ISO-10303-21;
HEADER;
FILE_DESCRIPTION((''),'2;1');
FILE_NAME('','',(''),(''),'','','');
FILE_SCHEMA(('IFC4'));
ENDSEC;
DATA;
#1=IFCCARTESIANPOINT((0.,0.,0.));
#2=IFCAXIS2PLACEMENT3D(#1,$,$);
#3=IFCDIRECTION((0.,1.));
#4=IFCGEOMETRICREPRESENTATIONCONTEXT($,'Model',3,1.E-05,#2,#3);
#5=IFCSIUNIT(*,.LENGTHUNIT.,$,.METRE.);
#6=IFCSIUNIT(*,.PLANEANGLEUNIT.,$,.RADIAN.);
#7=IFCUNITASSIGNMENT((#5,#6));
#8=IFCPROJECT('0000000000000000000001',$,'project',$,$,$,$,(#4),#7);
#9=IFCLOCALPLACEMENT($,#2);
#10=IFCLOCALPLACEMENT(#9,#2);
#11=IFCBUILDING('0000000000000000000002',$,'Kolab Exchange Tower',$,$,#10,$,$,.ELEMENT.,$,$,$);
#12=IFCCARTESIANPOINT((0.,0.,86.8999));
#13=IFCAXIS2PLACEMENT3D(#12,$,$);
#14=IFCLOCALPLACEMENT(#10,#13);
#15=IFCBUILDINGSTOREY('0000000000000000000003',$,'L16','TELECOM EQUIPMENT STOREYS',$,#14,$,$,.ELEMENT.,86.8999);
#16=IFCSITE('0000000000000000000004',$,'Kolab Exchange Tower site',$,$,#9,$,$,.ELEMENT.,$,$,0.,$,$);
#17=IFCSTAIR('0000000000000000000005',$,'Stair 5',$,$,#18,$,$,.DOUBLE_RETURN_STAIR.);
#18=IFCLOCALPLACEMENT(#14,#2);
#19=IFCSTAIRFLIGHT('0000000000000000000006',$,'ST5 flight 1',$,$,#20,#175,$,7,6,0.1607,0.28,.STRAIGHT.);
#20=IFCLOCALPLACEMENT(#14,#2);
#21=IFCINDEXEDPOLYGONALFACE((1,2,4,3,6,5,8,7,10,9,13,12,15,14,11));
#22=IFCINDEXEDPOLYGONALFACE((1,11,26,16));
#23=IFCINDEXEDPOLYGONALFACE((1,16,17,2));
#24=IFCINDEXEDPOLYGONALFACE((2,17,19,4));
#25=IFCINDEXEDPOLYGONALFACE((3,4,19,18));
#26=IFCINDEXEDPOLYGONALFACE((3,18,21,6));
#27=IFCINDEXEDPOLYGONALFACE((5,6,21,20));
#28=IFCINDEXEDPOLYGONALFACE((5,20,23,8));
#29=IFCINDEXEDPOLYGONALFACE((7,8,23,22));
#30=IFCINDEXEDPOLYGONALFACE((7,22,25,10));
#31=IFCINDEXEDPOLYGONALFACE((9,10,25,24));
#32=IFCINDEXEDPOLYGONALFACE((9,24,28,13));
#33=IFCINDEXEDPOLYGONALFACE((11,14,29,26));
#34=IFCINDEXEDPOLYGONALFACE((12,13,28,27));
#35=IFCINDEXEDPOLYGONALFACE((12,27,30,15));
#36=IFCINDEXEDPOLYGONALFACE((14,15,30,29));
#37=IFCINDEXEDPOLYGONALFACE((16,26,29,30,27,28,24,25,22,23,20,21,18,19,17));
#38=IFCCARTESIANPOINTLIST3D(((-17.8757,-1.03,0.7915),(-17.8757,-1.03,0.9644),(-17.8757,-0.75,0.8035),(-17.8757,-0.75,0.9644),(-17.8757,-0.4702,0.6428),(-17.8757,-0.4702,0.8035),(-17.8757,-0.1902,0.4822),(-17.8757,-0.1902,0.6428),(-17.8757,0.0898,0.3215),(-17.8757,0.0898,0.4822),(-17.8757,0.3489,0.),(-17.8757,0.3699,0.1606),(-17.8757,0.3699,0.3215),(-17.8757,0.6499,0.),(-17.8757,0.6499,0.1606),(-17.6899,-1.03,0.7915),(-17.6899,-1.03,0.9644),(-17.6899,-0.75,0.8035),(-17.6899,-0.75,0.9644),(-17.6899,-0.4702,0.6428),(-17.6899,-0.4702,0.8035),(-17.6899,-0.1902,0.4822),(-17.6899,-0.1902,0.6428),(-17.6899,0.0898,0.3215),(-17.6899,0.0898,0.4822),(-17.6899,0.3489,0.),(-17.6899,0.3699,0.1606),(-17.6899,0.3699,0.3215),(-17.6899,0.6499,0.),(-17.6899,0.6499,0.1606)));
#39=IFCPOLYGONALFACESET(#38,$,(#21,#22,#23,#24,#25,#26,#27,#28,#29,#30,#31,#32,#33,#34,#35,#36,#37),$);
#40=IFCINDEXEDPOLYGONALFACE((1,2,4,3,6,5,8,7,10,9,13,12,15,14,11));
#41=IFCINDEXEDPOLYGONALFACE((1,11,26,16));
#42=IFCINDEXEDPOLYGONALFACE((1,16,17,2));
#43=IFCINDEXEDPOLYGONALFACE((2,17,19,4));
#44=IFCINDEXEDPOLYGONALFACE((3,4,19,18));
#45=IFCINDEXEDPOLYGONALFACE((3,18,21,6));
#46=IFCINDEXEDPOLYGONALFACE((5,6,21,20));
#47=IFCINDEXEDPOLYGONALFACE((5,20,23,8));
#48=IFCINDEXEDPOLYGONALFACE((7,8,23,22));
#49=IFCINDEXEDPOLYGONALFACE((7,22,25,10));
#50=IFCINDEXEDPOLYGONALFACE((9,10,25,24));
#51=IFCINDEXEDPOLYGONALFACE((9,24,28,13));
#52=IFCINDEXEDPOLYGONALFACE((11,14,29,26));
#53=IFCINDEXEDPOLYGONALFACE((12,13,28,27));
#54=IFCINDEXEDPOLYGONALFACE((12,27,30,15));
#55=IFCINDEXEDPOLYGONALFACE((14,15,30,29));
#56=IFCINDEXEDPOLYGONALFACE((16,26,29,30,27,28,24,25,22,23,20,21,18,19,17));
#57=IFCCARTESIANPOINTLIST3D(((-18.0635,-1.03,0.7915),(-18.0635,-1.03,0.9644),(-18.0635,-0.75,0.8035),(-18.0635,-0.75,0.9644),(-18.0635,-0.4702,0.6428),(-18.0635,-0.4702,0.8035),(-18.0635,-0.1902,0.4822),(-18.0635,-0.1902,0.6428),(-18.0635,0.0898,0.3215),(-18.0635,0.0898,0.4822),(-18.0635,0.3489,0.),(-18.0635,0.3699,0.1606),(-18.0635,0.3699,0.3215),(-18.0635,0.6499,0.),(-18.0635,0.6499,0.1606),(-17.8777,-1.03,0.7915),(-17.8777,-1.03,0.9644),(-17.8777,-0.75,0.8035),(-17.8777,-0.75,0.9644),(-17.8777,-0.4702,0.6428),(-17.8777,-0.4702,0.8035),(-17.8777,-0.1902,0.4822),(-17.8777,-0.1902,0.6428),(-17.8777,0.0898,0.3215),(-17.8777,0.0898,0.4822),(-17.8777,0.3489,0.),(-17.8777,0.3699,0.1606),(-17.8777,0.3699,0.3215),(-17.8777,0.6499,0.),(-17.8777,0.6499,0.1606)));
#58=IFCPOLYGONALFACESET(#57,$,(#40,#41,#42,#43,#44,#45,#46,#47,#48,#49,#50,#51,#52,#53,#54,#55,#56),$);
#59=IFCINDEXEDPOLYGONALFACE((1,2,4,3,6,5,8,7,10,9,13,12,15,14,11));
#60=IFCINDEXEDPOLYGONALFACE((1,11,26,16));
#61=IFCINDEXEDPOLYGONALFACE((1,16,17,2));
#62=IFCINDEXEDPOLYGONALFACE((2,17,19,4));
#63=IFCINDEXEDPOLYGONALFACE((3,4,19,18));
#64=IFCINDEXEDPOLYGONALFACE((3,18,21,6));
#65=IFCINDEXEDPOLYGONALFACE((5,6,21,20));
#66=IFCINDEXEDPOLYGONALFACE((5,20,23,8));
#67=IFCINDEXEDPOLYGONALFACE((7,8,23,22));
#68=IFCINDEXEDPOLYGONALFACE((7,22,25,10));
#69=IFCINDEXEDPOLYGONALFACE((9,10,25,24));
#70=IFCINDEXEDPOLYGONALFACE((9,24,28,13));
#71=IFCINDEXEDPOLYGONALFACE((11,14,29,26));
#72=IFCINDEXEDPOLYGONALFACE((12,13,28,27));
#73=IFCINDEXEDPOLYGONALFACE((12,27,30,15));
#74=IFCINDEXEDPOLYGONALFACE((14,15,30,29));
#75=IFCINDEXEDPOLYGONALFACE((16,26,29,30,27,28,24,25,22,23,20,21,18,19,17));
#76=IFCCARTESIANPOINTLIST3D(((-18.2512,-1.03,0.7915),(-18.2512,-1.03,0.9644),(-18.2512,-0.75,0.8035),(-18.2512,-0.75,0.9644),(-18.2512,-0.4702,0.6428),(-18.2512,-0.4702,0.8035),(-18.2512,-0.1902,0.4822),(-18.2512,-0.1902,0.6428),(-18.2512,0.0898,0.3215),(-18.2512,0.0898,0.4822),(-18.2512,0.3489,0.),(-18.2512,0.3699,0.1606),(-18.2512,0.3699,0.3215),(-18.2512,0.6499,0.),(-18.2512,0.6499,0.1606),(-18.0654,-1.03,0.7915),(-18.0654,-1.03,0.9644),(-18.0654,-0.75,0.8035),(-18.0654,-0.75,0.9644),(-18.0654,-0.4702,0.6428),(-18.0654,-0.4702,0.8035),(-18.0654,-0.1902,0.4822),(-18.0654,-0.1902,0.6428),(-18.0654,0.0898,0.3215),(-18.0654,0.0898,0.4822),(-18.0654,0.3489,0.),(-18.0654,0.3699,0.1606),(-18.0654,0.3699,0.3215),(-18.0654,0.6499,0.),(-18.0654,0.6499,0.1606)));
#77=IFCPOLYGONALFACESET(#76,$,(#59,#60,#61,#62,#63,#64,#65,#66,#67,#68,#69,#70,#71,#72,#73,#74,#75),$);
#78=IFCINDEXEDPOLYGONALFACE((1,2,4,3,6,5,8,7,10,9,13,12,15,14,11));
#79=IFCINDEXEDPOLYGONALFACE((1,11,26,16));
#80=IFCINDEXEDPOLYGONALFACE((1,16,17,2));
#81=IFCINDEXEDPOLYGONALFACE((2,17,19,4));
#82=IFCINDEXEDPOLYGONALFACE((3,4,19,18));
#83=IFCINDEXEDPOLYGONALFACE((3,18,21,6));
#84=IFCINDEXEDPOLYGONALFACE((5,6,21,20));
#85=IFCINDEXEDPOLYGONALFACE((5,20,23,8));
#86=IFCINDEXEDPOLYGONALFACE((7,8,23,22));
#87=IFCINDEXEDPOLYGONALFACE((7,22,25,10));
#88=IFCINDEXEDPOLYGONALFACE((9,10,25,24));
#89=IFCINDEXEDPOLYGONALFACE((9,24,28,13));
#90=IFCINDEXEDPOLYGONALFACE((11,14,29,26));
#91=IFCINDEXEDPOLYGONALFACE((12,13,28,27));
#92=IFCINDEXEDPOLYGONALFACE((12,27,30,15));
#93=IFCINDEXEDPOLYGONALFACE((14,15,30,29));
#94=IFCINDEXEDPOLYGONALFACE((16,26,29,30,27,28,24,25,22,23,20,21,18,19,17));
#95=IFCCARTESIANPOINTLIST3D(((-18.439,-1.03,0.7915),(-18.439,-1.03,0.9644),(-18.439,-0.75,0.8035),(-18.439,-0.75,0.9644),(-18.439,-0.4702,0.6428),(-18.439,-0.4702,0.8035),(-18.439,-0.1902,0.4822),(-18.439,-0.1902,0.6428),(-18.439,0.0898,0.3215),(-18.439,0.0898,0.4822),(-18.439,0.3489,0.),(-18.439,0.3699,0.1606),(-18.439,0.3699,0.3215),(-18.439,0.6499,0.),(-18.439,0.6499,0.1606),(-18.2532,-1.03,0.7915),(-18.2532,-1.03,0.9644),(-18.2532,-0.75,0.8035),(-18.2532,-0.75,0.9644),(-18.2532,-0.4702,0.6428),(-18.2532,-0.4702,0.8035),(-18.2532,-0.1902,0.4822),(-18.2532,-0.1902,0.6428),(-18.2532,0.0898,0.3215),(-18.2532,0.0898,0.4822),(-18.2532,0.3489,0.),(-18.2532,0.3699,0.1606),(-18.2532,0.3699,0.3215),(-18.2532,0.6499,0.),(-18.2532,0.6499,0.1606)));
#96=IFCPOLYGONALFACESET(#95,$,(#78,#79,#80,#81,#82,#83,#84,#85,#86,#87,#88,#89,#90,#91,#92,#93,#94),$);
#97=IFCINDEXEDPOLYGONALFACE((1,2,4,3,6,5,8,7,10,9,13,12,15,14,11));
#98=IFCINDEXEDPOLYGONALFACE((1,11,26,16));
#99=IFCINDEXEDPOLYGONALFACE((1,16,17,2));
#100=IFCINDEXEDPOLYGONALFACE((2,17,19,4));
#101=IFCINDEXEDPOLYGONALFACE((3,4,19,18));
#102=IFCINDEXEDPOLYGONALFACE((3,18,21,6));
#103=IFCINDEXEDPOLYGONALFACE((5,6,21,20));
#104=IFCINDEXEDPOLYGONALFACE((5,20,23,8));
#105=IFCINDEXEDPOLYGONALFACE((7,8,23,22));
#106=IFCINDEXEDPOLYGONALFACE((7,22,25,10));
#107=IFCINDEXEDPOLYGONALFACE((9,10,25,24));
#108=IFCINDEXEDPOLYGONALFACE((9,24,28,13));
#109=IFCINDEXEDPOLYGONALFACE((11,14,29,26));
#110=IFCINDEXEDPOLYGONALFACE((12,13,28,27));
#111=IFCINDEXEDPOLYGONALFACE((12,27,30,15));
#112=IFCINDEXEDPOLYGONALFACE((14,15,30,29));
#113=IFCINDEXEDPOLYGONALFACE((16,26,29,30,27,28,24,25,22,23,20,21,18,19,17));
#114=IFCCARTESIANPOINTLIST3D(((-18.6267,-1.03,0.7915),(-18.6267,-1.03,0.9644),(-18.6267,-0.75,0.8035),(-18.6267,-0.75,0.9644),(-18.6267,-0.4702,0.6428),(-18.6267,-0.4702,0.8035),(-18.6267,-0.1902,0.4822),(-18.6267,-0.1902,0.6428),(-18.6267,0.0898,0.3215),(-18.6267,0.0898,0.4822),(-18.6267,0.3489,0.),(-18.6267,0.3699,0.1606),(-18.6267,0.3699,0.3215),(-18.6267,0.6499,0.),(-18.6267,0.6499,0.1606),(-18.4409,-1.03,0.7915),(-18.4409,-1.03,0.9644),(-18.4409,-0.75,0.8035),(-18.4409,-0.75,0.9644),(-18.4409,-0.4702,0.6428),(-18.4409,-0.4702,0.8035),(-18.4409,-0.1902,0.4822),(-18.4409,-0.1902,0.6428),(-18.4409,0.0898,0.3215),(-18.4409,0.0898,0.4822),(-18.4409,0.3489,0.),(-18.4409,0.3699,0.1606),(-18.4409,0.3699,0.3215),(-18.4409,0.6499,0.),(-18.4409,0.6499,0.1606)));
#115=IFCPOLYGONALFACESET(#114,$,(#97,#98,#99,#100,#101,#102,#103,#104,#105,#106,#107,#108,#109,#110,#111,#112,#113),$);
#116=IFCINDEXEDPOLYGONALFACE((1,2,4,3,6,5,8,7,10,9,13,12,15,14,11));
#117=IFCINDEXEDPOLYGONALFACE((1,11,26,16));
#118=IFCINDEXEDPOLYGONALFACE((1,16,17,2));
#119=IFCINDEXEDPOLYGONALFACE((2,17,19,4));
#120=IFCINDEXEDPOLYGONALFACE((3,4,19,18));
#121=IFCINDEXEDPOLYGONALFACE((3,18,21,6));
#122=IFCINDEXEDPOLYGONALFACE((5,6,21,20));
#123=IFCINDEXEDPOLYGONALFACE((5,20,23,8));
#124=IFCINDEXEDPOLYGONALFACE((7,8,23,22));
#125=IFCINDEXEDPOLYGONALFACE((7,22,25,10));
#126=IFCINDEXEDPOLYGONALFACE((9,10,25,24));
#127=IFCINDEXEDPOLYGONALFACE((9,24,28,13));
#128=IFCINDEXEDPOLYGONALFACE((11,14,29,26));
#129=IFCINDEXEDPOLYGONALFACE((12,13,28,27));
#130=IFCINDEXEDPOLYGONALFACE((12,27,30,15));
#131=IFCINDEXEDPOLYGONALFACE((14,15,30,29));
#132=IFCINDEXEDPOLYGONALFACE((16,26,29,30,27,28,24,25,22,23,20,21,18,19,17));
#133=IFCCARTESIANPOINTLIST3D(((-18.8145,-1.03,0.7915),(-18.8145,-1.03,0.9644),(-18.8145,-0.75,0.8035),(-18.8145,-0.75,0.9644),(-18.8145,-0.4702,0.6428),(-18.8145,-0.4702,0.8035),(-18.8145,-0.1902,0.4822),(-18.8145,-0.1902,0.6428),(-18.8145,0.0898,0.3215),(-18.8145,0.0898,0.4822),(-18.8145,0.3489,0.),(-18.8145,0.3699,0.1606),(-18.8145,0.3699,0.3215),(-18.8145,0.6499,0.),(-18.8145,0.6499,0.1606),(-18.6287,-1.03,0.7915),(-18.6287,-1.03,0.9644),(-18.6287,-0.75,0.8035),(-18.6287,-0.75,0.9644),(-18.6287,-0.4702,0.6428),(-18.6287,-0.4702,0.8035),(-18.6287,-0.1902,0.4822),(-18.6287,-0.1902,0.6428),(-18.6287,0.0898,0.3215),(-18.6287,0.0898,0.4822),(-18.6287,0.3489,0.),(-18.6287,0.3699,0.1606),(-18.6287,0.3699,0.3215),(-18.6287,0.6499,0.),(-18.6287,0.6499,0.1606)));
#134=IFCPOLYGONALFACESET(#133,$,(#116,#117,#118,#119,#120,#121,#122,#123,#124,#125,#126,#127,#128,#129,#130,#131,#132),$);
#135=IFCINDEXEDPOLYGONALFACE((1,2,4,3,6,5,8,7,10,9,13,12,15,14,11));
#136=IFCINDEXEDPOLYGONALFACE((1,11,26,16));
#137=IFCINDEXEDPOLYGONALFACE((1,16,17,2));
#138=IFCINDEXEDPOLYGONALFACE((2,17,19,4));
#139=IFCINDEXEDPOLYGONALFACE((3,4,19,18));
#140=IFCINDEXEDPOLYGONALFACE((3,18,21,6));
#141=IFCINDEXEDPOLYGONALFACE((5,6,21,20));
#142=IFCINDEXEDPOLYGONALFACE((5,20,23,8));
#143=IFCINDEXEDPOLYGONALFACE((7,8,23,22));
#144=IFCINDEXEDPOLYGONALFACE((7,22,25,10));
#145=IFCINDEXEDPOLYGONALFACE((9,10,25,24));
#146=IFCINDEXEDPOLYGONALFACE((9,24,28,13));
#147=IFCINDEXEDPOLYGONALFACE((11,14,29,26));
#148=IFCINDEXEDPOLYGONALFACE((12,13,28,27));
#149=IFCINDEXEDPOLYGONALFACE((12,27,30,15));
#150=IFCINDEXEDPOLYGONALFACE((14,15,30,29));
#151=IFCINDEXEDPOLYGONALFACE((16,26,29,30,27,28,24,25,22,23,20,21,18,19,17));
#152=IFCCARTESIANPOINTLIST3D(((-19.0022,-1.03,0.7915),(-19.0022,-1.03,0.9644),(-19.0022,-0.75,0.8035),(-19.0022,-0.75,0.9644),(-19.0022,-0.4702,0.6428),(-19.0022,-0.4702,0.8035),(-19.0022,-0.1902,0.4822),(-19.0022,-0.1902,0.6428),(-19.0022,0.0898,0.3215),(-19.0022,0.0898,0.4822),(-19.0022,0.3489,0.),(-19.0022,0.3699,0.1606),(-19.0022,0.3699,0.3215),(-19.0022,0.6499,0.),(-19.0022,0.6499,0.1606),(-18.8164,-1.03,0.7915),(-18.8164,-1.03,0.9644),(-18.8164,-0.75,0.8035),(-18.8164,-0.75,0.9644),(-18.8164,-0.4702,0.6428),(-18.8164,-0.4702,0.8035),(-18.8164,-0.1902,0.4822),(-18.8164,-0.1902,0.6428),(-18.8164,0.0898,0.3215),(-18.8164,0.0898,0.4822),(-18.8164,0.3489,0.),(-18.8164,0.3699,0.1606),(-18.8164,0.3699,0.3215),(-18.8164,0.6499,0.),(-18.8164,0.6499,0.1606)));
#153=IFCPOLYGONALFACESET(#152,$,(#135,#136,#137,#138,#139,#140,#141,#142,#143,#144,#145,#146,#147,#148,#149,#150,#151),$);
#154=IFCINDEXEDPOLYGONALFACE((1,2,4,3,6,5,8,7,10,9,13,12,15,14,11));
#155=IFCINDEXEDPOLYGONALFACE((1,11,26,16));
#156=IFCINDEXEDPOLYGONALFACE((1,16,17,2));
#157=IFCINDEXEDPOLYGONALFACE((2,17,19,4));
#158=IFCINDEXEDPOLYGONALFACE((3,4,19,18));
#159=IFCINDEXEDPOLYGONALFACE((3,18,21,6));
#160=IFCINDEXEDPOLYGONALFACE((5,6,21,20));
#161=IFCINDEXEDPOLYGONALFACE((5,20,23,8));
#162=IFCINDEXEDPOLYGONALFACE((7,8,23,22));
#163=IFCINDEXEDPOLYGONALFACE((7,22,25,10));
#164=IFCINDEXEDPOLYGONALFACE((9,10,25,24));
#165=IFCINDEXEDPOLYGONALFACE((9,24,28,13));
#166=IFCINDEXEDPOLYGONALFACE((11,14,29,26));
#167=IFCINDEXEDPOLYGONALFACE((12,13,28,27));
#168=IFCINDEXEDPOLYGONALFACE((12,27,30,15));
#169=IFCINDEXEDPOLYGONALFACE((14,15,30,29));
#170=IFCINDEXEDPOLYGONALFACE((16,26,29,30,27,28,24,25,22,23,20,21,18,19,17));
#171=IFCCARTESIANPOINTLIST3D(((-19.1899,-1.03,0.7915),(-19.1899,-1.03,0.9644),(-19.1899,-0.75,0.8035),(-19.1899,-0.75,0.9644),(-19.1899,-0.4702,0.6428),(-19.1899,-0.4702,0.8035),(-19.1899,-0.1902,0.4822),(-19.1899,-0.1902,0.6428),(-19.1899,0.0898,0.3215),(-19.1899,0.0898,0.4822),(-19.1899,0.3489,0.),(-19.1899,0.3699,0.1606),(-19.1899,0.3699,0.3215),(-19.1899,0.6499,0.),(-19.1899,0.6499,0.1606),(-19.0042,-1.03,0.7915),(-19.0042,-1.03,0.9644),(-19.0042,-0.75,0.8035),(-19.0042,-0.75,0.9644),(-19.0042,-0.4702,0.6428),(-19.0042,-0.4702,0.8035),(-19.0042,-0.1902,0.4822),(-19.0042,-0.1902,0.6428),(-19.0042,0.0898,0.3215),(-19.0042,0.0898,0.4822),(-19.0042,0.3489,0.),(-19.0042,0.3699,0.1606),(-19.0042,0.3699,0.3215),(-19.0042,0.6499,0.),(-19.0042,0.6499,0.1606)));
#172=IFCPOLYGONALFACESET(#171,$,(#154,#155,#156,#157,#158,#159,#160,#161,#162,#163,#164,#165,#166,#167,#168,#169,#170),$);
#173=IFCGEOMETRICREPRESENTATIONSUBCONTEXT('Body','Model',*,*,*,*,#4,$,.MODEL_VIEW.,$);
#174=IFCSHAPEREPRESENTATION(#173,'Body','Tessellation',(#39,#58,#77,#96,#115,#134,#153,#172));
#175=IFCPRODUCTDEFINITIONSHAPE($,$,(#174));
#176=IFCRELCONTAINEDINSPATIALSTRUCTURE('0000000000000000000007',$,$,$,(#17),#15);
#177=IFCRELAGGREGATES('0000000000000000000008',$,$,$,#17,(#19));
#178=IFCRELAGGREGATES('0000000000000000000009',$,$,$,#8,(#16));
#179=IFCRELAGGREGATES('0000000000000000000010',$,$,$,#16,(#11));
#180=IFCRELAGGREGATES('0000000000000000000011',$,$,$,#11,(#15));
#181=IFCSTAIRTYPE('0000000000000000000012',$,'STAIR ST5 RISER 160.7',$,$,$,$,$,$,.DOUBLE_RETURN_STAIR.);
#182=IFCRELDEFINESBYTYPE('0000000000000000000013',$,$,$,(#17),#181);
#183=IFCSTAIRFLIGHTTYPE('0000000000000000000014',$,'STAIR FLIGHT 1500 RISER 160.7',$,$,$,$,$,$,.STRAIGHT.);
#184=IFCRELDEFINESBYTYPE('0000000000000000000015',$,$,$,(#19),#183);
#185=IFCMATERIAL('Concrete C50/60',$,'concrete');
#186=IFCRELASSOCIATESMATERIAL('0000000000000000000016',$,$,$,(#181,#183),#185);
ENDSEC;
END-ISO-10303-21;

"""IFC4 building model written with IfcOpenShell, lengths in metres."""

from ifc_helpers import new_model, si_unit, direction, frame, origin, place, context, subcontext, project, spatial, polyline, outline, extrude, material, type_object, element, aggregate, save


model = new_model("IFC4")

# Units and contexts
model_context = context("Model", 3, precision=1e-05, world=origin(), true_north=direction((0.0, 1.0)))
body_context = subcontext(model_context, "Body", "Model", "MODEL_VIEW")
ifc_project = project(units=[si_unit("LENGTHUNIT", "METRE"), si_unit("PLANEANGLEUNIT", "RADIAN")], contexts=[model_context])

# Site, building, storey
site_placement = place(None, origin())
site = spatial("IfcSite", under=ifc_project, at=site_placement, Name="Kolab Exchange Tower site", CompositionType="ELEMENT", RefElevation=0.0)
building_placement = place(site_placement, origin())
building = spatial("IfcBuilding", under=site, at=building_placement, Name="Kolab Exchange Tower", CompositionType="ELEMENT")
storey_placement = place(building_placement, frame((0.0, 0.0, 86.8999)))
storey = spatial("IfcBuildingStorey", under=building, at=storey_placement, Name="L16", Description="TELECOM EQUIPMENT STOREYS", CompositionType="ELEMENT", Elevation=86.8999)

# Shared definitions
ifc_material_1 = material(Name="Concrete C50/60", Category="concrete")

# Stair, stair flight
stair_type = type_object("IfcStairType", Name="STAIR ST5 RISER 160.7", PredefinedType="DOUBLE_RETURN_STAIR", material=ifc_material_1)
stair_placement = place(storey_placement, origin())
stair = element("IfcStair", 1, at=stair_placement, inside=storey, type_object=stair_type, Name="Stair 5", PredefinedType="DOUBLE_RETURN_STAIR")
stair_flight_type = type_object("IfcStairFlightType", Name="STAIR FLIGHT 1500 RISER 160.7", PredefinedType="STRAIGHT", material=ifc_material_1)
stair_flight_1_placement = place(storey_placement, frame((-18.4399, 0.6499, 0.0), z_axis=(0.0, 0.0, 1.0), x_axis=(0.0, -1.0, 0.0)))
stair_flight_1 = element("IfcStairFlight", 2, at=stair_flight_1_placement, type_object=stair_flight_type, Name="ST5 flight 1", NumberOfRisers=7, NumberOfTreads=6, PredefinedType="STRAIGHT", RiserHeight=0.1607, TreadLength=0.28, context=body_context, shape_type="SweptSolid", body=[
    extrude(outline(polyline([(0.0, 0.0), (0.0, 0.1606), (0.28, 0.1606), (0.28, 0.3215), (0.5601, 0.3215), (0.5601, 0.4822), (0.8401, 0.4822), (0.8401, 0.6428), (1.1201, 0.6428), (1.1201, 0.8035), (1.3999, 0.8035), (1.3999, 0.9644), (1.6799, 0.9644), (1.6799, 1.125), (1.6799, 0.7915), (0.301, 0.0), (0.0, 0.0)])), frame((0.0, 0.75, 0.0), z_axis=(0.0, -1.0, 0.0), x_axis=(1.0, 0.0, 0.0)), (0.0, 0.0, 1.0), 0.1858),
    extrude(outline(polyline([(0.0, 0.0), (0.0, 0.1606), (0.28, 0.1606), (0.28, 0.3215), (0.5601, 0.3215), (0.5601, 0.4822), (0.8401, 0.4822), (0.8401, 0.6428), (1.1201, 0.6428), (1.1201, 0.8035), (1.3999, 0.8035), (1.3999, 0.9644), (1.6799, 0.9644), (1.6799, 1.125), (1.6799, 0.7915), (0.301, 0.0), (0.0, 0.0)])), frame((0.0, 0.5623, 0.0), z_axis=(0.0, -1.0, 0.0), x_axis=(1.0, 0.0, 0.0)), (0.0, 0.0, 1.0), 0.1858),
    extrude(outline(polyline([(0.0, 0.0), (0.0, 0.1606), (0.28, 0.1606), (0.28, 0.3215), (0.5601, 0.3215), (0.5601, 0.4822), (0.8401, 0.4822), (0.8401, 0.6428), (1.1201, 0.6428), (1.1201, 0.8035), (1.3999, 0.8035), (1.3999, 0.9644), (1.6799, 0.9644), (1.6799, 1.125), (1.6799, 0.7915), (0.301, 0.0), (0.0, 0.0)])), frame((0.0, 0.3745, 0.0), z_axis=(0.0, -1.0, 0.0), x_axis=(1.0, 0.0, 0.0)), (0.0, 0.0, 1.0), 0.1858),
    extrude(outline(polyline([(0.0, 0.0), (0.0, 0.1606), (0.28, 0.1606), (0.28, 0.3215), (0.5601, 0.3215), (0.5601, 0.4822), (0.8401, 0.4822), (0.8401, 0.6428), (1.1201, 0.6428), (1.1201, 0.8035), (1.3999, 0.8035), (1.3999, 0.9644), (1.6799, 0.9644), (1.6799, 1.125), (1.6799, 0.7915), (0.301, 0.0), (0.0, 0.0)])), frame((0.0, 0.1868, 0.0), z_axis=(0.0, -1.0, 0.0), x_axis=(1.0, 0.0, 0.0)), (0.0, 0.0, 1.0), 0.1858),
    extrude(outline(polyline([(0.0, 0.0), (0.0, 0.1606), (0.28, 0.1606), (0.28, 0.3215), (0.5601, 0.3215), (0.5601, 0.4822), (0.8401, 0.4822), (0.8401, 0.6428), (1.1201, 0.6428), (1.1201, 0.8035), (1.3999, 0.8035), (1.3999, 0.9644), (1.6799, 0.9644), (1.6799, 1.125), (1.6799, 0.7915), (0.301, 0.0), (0.0, 0.0)])), frame((0.0, -0.001, 0.0), z_axis=(0.0, -1.0, 0.0), x_axis=(1.0, 0.0, 0.0)), (0.0, 0.0, 1.0), 0.1858),
    extrude(outline(polyline([(0.0, 0.0), (0.0, 0.1606), (0.28, 0.1606), (0.28, 0.3215), (0.5601, 0.3215), (0.5601, 0.4822), (0.8401, 0.4822), (0.8401, 0.6428), (1.1201, 0.6428), (1.1201, 0.8035), (1.3999, 0.8035), (1.3999, 0.9644), (1.6799, 0.9644), (1.6799, 1.125), (1.6799, 0.7915), (0.301, 0.0), (0.0, 0.0)])), frame((0.0, -0.1887, 0.0), z_axis=(0.0, -1.0, 0.0), x_axis=(1.0, 0.0, 0.0)), (0.0, 0.0, 1.0), 0.1858),
    extrude(outline(polyline([(0.0, 0.0), (0.0, 0.1606), (0.28, 0.1606), (0.28, 0.3215), (0.5601, 0.3215), (0.5601, 0.4822), (0.8401, 0.4822), (0.8401, 0.6428), (1.1201, 0.6428), (1.1201, 0.8035), (1.3999, 0.8035), (1.3999, 0.9644), (1.6799, 0.9644), (1.6799, 1.125), (1.6799, 0.7915), (0.301, 0.0), (0.0, 0.0)])), frame((0.0, -0.3765, 0.0), z_axis=(0.0, -1.0, 0.0), x_axis=(1.0, 0.0, 0.0)), (0.0, 0.0, 1.0), 0.1858),
    extrude(outline(polyline([(0.0, 0.0), (0.0, 0.1606), (0.28, 0.1606), (0.28, 0.3215), (0.5601, 0.3215), (0.5601, 0.4822), (0.8401, 0.4822), (0.8401, 0.6428), (1.1201, 0.6428), (1.1201, 0.8035), (1.3999, 0.8035), (1.3999, 0.9644), (1.6799, 0.9644), (1.6799, 1.125), (1.6799, 0.7915), (0.301, 0.0), (0.0, 0.0)])), frame((0.0, -0.5642, 0.0), z_axis=(0.0, -1.0, 0.0), x_axis=(1.0, 0.0, 0.0)), (0.0, 0.0, 1.0), 0.1858),
])
aggregate(stair, [stair_flight_1])

save(model, "model.ifc")
